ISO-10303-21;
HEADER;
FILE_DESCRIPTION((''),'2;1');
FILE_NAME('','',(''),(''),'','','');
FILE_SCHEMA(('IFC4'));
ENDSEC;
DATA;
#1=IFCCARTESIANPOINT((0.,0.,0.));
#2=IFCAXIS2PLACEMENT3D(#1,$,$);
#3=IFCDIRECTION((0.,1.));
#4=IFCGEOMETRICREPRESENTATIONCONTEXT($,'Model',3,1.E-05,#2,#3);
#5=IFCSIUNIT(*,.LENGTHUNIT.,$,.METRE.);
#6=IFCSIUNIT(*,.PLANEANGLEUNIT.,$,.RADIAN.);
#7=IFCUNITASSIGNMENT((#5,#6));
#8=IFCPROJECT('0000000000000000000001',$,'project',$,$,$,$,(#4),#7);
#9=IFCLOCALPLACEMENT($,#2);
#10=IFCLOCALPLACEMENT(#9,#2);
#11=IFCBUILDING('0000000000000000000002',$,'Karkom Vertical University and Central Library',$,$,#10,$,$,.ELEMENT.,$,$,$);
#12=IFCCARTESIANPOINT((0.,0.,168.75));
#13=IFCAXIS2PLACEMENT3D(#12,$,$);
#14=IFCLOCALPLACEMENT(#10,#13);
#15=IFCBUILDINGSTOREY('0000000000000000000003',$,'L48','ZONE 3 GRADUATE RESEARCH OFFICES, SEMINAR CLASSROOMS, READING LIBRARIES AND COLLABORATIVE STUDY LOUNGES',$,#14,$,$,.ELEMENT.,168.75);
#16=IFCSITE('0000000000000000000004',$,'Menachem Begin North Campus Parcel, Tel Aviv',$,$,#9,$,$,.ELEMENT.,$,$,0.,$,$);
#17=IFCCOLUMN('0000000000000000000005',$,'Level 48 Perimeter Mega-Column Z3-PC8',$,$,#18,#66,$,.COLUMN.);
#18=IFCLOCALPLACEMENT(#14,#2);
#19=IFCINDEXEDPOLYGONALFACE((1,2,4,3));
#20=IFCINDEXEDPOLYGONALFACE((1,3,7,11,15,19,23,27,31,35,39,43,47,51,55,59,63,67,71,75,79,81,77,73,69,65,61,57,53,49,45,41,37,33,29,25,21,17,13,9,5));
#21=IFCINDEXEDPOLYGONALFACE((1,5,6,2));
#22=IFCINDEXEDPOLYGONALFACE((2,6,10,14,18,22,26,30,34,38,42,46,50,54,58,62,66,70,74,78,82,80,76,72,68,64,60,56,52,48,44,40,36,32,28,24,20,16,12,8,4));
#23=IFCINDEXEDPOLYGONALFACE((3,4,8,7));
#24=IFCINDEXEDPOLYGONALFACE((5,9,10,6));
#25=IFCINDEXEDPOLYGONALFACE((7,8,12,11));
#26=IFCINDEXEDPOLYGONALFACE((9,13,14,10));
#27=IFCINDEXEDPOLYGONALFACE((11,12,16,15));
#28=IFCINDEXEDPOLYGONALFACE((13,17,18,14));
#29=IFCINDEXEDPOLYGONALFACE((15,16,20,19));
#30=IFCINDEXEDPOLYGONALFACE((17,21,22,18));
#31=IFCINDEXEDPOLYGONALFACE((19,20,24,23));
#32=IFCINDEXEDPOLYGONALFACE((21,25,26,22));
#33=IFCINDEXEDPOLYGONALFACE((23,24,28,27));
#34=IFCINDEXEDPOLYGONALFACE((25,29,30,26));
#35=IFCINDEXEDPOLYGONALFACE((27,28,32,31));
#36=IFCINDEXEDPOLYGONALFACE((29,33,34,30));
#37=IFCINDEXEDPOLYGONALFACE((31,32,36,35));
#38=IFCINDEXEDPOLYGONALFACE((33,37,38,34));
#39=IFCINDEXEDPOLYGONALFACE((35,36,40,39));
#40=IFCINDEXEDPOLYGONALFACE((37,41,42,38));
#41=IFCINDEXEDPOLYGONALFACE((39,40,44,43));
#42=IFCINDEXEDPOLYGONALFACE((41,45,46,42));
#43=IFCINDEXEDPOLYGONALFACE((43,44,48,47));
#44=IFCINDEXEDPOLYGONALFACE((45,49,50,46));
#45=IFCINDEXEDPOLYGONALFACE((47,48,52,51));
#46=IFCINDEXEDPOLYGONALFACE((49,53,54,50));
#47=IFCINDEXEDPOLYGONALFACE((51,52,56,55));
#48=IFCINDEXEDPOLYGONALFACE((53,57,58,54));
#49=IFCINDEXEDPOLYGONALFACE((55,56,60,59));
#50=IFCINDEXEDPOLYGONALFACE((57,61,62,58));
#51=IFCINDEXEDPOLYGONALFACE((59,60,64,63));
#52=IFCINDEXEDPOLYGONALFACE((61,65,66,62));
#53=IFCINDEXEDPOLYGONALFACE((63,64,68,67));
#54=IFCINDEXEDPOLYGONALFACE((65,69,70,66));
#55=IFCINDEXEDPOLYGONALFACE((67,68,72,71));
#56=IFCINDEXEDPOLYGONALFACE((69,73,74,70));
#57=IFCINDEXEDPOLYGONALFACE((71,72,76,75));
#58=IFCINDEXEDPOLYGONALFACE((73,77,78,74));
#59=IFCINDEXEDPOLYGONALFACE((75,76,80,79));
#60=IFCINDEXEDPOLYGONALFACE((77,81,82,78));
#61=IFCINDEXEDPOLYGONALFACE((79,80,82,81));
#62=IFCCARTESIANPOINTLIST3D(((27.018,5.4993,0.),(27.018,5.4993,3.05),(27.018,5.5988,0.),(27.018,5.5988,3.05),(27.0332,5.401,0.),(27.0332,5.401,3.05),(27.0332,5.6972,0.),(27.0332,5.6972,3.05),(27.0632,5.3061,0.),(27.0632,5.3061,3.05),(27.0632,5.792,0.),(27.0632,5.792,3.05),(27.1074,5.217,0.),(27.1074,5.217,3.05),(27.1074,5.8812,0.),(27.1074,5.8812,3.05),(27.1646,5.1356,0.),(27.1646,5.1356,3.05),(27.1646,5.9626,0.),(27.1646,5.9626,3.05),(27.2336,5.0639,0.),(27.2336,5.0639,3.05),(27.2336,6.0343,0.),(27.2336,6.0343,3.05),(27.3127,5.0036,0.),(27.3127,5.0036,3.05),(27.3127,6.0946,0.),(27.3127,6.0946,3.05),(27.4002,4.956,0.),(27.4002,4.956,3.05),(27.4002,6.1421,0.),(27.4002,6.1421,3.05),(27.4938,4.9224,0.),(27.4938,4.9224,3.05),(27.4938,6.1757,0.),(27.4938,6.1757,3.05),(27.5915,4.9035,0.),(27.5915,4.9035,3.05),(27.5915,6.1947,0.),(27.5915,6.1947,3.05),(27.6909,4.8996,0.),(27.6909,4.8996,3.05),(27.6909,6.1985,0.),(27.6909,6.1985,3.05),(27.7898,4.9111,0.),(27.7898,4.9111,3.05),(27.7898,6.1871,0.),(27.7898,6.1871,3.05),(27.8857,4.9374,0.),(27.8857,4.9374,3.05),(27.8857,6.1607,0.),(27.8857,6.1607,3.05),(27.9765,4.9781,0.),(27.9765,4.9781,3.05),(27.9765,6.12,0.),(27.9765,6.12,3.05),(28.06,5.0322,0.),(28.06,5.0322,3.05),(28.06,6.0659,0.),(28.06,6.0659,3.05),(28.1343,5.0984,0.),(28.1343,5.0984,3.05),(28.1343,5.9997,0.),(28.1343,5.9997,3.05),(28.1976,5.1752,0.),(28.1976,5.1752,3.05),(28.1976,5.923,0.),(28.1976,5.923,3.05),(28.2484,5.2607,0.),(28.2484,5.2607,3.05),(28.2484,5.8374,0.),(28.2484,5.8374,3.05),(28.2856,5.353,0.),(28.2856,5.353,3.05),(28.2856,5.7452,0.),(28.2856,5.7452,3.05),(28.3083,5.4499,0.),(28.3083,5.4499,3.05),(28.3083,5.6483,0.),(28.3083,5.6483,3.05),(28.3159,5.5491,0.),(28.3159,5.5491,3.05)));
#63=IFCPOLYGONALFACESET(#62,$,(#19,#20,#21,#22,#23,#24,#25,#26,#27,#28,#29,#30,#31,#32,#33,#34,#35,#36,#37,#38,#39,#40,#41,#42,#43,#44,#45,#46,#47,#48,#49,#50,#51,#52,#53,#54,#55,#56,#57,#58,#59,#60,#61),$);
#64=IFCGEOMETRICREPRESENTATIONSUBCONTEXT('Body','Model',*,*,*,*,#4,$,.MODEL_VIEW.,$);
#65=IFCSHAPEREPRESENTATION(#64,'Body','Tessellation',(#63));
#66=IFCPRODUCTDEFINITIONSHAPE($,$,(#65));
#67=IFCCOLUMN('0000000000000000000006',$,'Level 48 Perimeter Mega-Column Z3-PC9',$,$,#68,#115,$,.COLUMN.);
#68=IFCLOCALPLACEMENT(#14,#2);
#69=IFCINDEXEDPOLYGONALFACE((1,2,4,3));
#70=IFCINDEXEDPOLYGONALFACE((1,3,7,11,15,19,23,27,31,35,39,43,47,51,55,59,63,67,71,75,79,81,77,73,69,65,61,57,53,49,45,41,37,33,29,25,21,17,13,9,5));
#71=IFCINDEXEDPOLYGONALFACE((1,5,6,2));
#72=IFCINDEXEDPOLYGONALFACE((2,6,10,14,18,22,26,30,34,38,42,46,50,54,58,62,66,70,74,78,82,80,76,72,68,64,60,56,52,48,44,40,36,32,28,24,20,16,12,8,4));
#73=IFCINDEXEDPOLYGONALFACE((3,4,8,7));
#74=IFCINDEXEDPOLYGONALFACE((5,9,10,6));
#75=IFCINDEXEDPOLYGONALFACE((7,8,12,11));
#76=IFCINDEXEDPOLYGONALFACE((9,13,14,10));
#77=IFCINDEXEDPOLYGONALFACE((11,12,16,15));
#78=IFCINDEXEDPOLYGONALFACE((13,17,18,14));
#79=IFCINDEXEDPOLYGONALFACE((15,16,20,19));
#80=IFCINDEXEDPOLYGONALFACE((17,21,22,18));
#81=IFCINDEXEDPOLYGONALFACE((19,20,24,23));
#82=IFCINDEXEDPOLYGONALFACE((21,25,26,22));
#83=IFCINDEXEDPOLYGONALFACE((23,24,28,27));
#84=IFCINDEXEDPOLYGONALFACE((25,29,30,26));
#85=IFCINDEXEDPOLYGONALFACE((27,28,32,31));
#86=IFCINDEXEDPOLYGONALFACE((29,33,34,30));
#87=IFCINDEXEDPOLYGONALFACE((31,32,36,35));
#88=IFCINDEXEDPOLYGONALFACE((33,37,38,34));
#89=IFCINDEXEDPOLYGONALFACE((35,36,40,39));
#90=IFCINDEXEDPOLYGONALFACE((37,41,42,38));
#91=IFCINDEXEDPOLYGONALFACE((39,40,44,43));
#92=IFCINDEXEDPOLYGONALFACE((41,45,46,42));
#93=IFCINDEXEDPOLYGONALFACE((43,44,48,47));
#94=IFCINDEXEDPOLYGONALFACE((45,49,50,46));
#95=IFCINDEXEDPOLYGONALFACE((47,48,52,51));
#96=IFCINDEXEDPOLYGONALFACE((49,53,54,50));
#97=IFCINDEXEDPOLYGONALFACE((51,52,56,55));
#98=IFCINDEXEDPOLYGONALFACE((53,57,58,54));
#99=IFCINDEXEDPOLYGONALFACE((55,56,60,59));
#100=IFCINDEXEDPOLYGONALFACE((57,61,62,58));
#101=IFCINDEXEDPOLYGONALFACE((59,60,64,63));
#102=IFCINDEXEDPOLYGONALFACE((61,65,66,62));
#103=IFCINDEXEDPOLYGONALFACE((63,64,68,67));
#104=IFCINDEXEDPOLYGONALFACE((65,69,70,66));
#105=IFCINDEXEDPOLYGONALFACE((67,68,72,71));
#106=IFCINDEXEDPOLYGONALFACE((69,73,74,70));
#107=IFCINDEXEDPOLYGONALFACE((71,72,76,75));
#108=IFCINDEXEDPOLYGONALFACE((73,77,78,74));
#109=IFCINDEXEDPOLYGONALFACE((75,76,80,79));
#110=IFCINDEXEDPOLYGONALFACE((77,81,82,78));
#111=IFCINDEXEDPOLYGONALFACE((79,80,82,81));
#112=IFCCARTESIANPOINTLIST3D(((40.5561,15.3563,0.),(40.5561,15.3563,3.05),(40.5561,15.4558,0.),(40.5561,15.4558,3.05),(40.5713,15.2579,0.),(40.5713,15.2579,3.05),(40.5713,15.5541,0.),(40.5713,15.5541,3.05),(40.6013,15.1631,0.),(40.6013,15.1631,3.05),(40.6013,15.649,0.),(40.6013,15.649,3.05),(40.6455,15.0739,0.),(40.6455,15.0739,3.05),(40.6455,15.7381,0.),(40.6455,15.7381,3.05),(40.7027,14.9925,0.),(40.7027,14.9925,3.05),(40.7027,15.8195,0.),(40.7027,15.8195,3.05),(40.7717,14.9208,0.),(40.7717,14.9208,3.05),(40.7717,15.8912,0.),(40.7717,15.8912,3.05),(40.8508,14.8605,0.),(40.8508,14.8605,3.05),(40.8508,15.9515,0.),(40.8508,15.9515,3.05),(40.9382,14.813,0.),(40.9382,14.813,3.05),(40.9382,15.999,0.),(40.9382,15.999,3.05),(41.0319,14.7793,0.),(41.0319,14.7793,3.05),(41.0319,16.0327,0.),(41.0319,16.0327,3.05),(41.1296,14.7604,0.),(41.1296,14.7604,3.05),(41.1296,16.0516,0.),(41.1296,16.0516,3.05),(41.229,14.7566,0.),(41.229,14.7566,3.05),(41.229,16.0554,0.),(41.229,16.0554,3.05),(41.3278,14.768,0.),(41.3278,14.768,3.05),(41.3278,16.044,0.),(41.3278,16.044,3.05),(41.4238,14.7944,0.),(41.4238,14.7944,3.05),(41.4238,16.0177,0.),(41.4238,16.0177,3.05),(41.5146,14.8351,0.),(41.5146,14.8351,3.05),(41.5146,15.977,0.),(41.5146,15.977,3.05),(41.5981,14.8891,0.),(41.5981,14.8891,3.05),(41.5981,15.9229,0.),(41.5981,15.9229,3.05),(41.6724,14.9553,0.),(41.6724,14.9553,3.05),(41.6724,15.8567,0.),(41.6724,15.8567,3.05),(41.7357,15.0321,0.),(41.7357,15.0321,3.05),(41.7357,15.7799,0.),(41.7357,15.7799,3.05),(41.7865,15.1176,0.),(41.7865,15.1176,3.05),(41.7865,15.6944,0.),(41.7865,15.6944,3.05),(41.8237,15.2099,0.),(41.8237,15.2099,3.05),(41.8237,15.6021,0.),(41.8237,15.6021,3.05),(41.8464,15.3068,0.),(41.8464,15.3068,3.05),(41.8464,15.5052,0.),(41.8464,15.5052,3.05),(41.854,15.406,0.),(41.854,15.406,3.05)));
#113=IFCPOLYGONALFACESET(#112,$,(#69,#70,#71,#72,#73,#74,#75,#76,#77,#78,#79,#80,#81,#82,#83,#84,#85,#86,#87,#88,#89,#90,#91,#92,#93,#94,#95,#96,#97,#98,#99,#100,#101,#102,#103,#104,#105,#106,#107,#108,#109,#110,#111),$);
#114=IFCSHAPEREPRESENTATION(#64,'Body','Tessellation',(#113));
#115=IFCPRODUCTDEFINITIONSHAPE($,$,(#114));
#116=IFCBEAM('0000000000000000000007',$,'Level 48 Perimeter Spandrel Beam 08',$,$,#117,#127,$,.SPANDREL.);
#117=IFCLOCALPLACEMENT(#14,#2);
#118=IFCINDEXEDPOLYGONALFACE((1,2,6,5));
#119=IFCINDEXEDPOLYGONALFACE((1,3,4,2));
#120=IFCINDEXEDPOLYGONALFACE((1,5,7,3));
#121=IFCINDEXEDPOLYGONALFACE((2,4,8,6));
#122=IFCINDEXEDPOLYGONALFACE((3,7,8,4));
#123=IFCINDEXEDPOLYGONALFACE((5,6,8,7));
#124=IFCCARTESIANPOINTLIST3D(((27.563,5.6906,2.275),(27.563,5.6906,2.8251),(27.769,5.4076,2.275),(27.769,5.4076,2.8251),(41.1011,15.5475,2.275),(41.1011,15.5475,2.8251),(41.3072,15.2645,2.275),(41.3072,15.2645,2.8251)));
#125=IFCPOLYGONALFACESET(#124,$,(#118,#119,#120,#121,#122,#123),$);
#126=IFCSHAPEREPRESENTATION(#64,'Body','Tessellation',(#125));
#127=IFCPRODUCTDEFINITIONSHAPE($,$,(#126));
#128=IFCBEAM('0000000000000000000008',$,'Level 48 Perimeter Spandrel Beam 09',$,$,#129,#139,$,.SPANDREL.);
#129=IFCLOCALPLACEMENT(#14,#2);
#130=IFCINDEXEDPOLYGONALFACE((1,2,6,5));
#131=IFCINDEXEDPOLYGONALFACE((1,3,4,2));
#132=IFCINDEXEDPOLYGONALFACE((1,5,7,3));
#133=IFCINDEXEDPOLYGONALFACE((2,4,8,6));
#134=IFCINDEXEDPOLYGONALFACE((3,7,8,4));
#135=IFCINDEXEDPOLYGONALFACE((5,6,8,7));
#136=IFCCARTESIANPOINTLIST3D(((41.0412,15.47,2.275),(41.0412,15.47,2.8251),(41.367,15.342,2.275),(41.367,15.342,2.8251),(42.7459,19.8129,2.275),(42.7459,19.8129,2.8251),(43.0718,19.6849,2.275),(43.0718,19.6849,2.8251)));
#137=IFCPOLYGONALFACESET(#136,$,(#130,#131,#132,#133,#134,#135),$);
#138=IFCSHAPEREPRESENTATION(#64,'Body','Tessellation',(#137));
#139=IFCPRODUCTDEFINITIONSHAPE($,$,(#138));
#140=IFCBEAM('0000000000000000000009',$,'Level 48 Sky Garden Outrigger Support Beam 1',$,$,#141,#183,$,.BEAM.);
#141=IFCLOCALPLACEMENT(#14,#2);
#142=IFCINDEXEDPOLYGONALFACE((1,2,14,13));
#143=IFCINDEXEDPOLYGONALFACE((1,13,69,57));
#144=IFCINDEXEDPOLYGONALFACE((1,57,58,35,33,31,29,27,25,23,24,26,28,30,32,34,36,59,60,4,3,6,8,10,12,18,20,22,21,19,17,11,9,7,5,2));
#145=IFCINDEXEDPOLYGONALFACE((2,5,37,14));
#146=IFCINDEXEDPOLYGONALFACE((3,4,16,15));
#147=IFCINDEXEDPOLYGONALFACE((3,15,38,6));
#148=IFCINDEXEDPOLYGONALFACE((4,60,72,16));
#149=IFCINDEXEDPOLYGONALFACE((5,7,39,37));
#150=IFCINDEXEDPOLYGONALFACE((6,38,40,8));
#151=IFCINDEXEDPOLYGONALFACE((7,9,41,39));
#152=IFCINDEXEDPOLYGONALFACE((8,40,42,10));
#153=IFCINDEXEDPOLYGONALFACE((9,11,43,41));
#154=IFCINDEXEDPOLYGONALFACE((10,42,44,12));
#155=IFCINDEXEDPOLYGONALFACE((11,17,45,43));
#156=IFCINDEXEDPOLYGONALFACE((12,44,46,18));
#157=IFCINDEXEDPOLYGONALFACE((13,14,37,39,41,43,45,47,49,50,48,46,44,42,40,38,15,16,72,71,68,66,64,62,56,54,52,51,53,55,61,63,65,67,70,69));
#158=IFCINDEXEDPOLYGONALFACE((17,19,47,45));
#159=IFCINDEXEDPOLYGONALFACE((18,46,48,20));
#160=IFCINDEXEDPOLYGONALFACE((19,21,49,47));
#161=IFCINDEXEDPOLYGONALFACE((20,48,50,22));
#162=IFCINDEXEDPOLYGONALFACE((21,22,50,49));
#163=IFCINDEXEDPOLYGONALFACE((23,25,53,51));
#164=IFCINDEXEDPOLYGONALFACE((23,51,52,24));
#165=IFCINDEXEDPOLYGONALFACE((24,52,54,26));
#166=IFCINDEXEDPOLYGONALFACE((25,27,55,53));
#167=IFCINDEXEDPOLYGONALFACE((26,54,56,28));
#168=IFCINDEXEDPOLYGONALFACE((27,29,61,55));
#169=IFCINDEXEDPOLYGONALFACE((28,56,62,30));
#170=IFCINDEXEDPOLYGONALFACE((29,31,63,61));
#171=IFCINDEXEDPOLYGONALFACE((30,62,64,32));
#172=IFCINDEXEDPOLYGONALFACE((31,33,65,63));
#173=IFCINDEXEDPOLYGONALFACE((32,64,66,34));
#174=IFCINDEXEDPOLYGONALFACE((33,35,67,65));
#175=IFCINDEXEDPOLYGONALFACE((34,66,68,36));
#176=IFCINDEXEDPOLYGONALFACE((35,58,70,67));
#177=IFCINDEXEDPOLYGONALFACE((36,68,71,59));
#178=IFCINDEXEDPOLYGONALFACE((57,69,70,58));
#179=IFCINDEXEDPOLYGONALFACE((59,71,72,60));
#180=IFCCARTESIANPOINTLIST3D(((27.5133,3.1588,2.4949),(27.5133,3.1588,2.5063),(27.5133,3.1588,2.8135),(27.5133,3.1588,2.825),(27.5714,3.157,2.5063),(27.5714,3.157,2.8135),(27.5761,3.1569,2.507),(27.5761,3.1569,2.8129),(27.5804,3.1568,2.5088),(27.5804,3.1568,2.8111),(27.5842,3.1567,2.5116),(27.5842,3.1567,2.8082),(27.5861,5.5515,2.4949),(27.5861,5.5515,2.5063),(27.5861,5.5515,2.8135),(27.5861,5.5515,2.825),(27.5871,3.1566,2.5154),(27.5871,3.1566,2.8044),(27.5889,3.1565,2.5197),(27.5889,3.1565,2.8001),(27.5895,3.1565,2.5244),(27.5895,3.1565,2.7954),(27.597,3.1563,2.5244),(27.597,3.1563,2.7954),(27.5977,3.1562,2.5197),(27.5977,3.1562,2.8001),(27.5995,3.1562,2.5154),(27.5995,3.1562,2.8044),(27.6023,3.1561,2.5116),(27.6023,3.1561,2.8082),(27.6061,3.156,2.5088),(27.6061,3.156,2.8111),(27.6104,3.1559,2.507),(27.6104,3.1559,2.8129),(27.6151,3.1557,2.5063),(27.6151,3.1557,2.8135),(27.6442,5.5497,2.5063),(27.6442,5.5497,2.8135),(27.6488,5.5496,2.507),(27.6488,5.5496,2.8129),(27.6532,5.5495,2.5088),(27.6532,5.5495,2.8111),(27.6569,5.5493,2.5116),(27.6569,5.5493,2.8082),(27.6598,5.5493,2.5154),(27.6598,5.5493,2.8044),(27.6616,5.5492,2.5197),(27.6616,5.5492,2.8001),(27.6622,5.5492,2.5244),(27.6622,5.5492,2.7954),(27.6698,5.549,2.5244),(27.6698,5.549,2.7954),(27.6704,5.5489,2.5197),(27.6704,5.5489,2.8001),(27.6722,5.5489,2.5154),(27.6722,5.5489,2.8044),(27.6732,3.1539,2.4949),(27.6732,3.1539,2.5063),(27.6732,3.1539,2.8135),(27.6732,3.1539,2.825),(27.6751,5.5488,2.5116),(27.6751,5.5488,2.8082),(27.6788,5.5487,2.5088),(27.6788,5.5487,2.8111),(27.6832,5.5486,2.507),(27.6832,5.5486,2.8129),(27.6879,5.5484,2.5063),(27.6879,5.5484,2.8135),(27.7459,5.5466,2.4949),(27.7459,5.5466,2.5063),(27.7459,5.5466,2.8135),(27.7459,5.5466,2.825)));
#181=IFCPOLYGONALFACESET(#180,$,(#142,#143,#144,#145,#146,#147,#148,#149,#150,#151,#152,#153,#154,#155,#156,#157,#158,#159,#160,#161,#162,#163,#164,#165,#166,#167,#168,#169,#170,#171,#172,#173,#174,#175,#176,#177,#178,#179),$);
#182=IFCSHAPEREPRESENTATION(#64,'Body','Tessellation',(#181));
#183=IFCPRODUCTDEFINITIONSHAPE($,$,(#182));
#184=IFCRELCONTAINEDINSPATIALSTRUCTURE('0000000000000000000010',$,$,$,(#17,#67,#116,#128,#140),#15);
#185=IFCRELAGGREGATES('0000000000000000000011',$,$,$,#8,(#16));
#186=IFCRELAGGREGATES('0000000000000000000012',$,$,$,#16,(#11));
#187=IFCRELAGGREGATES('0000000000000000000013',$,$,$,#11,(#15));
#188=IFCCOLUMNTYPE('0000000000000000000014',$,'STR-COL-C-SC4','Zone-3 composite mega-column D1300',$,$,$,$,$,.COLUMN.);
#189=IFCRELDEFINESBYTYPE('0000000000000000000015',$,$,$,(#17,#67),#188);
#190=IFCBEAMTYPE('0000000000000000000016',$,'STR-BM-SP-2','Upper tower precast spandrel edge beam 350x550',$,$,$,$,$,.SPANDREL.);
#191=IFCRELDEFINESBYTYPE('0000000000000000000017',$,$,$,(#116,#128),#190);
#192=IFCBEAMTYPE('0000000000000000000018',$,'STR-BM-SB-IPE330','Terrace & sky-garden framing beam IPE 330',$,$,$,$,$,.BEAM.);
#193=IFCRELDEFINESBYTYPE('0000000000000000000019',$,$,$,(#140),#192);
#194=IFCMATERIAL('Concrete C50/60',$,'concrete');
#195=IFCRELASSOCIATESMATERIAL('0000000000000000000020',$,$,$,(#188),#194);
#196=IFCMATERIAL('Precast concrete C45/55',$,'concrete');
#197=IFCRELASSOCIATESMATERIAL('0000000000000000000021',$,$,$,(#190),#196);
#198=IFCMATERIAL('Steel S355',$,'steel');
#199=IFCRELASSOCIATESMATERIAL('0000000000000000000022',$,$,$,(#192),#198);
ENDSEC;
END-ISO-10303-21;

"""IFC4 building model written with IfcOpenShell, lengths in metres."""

from ifc_helpers import new_model, si_unit, direction, frame, origin, origin_with_axes, origin_2d, place, context, subcontext, project, spatial, rectangle, circle, i_section, extrude, source, transform, mapped, material, material_profile, profile_set, type_object, element, save


model = new_model("IFC4")

# Units and contexts
model_context = context("Model", 3, precision=1e-05, world=origin(), true_north=direction((0.0, 1.0)))
body_context = subcontext(model_context, "Body", "Model", "MODEL_VIEW")
ifc_project = project(units=[si_unit("LENGTHUNIT", "METRE"), si_unit("PLANEANGLEUNIT", "RADIAN")], contexts=[model_context])

# Site, building, storey
site_placement = place(None, origin())
site = spatial("IfcSite", under=ifc_project, at=site_placement, Name="Menachem Begin North Campus Parcel, Tel Aviv", CompositionType="ELEMENT", RefElevation=0.0)
building_placement = place(site_placement, origin())
building = spatial("IfcBuilding", under=site, at=building_placement, Name="Karkom Vertical University and Central Library", CompositionType="ELEMENT")
storey_placement = place(building_placement, frame((0.0, 0.0, 168.75)))
storey = spatial("IfcBuildingStorey", under=building, at=storey_placement, Name="L48", Description="ZONE 3 GRADUATE RESEARCH OFFICES, SEMINAR CLASSROOMS, READING LIBRARIES AND COLLABORATIVE STUDY LOUNGES", CompositionType="ELEMENT", Elevation=168.75)

# Columns
ifc_material_1 = material(Name="Concrete C50/60", Category="concrete")
ifc_material_profile_1 = material_profile(ifc_material_1, circle(Radius=0.6499, at=origin_2d()), Name="CFT-D1300")
ifc_profile_set_1 = profile_set([ifc_material_profile_1], Name="Concrete C50/60")
column_type = type_object("IfcColumnType", Name="STR-COL-C-SC4", Description="Zone-3 composite mega-column D1300", PredefinedType="COLUMN", material=ifc_profile_set_1)
shared_shape_1 = source(origin_with_axes(), body_context, "Body", "SweptSolid", [
    extrude(circle(Radius=0.6499, at=origin_2d()), origin(), (0.0, 0.0, 1.0), 3.05),
])
for number, where, z_axis, x_axis, name in (
    (1, (27.666, 5.5491, 0.0), (0.0, 0.0, 1.0), (1.0, 0.0, 0.0), "Level 48 Perimeter Mega-Column Z3-PC8"),
    (2, (41.2041, 15.406, 0.0), (0.0, 0.0, 1.0), (1.0, 0.0, 0.0), "Level 48 Perimeter Mega-Column Z3-PC9"),
):
    element("IfcColumn", number, at=place(storey_placement, frame(where, z_axis=z_axis, x_axis=x_axis)), inside=storey, type_object=column_type, Name=name, PredefinedType="COLUMN", context=body_context, shape_type="MappedRepresentation", body=[
        mapped(shared_shape_1, transform((0.0, 0.0, 0.0), scale=1.0)),
    ])

# Beams
ifc_material_2 = material(Name="Precast concrete C45/55", Category="concrete")
ifc_material_profile_2 = material_profile(ifc_material_2, rectangle(XDim=0.3501, YDim=0.55, at=origin_2d()), Name="SPB-350x550")
ifc_profile_set_2 = profile_set([ifc_material_profile_2], Name="Precast concrete C45/55")
beam_type_1 = type_object("IfcBeamType", Name="STR-BM-SP-2", Description="Upper tower precast spandrel edge beam 350x550", PredefinedType="SPANDREL", material=ifc_profile_set_2)
shared_shape_2 = source(origin_with_axes(), body_context, "Body", "SweptSolid", [
    extrude(rectangle(XDim=0.3501, YDim=0.55, at=origin_2d()), origin(), (0.0, 0.0, 1.0), 16.7463),
])
beam_1_placement = place(storey_placement, frame((27.666, 5.5491, 2.55), z_axis=(0.808422, 0.588603, 0.0), x_axis=(-0.588603, 0.808422, 0.0)))
element("IfcBeam", 3, at=beam_1_placement, inside=storey, type_object=beam_type_1, Name="Level 48 Perimeter Spandrel Beam 08", PredefinedType="SPANDREL", context=body_context, shape_type="MappedRepresentation", body=[
    mapped(shared_shape_2, transform((0.0, 0.0, 0.0), scale=1.0)),
])
shared_shape_3 = source(origin_with_axes(), body_context, "Body", "SweptSolid", [
    extrude(rectangle(XDim=0.3501, YDim=0.55, at=origin_2d()), origin(), (0.0, 0.0, 1.0), 4.6655),
])
beam_2_placement = place(storey_placement, frame((41.2041, 15.406, 2.55), z_axis=(0.365401, 0.93085, 0.0), x_axis=(-0.93085, 0.365401, 0.0)))
element("IfcBeam", 4, at=beam_2_placement, inside=storey, type_object=beam_type_1, Name="Level 48 Perimeter Spandrel Beam 09", PredefinedType="SPANDREL", context=body_context, shape_type="MappedRepresentation", body=[
    mapped(shared_shape_3, transform((0.0, 0.0, 0.0), scale=1.0)),
])
ifc_material_3 = material(Name="Steel S355", Category="steel")
ifc_material_profile_3 = material_profile(ifc_material_3, i_section(OverallWidth=0.1599, OverallDepth=0.3301, WebThickness=0.0076, FlangeThickness=0.0115, FilletRadius=0.0181, at=origin_2d()), Name="IPE 330")
ifc_profile_set_3 = profile_set([ifc_material_profile_3], Name="Steel S355")
beam_type_2 = type_object("IfcBeamType", Name="STR-BM-SB-IPE330", Description="Terrace & sky-garden framing beam IPE 330", PredefinedType="BEAM", material=ifc_profile_set_3)
shared_shape_4 = source(origin_with_axes(), body_context, "Body", "SweptSolid", [
    extrude(i_section(OverallWidth=0.1599, OverallDepth=0.3301, WebThickness=0.0076, FlangeThickness=0.0115, FilletRadius=0.0181, at=origin_2d()), origin(), (0.0, 0.0, 1.0), 2.3938),
])
beam_3_placement = place(storey_placement, frame((27.666, 5.5491, 2.6599), z_axis=(-0.030394, -0.999538, 0.0), x_axis=(0.999538, -0.030394, 0.0)))
element("IfcBeam", 5, at=beam_3_placement, inside=storey, type_object=beam_type_2, Name="Level 48 Sky Garden Outrigger Support Beam 1", PredefinedType="BEAM", context=body_context, shape_type="MappedRepresentation", body=[
    mapped(shared_shape_4, transform((0.0, 0.0, 0.0), scale=1.0)),
])

save(model, "model.ifc")
